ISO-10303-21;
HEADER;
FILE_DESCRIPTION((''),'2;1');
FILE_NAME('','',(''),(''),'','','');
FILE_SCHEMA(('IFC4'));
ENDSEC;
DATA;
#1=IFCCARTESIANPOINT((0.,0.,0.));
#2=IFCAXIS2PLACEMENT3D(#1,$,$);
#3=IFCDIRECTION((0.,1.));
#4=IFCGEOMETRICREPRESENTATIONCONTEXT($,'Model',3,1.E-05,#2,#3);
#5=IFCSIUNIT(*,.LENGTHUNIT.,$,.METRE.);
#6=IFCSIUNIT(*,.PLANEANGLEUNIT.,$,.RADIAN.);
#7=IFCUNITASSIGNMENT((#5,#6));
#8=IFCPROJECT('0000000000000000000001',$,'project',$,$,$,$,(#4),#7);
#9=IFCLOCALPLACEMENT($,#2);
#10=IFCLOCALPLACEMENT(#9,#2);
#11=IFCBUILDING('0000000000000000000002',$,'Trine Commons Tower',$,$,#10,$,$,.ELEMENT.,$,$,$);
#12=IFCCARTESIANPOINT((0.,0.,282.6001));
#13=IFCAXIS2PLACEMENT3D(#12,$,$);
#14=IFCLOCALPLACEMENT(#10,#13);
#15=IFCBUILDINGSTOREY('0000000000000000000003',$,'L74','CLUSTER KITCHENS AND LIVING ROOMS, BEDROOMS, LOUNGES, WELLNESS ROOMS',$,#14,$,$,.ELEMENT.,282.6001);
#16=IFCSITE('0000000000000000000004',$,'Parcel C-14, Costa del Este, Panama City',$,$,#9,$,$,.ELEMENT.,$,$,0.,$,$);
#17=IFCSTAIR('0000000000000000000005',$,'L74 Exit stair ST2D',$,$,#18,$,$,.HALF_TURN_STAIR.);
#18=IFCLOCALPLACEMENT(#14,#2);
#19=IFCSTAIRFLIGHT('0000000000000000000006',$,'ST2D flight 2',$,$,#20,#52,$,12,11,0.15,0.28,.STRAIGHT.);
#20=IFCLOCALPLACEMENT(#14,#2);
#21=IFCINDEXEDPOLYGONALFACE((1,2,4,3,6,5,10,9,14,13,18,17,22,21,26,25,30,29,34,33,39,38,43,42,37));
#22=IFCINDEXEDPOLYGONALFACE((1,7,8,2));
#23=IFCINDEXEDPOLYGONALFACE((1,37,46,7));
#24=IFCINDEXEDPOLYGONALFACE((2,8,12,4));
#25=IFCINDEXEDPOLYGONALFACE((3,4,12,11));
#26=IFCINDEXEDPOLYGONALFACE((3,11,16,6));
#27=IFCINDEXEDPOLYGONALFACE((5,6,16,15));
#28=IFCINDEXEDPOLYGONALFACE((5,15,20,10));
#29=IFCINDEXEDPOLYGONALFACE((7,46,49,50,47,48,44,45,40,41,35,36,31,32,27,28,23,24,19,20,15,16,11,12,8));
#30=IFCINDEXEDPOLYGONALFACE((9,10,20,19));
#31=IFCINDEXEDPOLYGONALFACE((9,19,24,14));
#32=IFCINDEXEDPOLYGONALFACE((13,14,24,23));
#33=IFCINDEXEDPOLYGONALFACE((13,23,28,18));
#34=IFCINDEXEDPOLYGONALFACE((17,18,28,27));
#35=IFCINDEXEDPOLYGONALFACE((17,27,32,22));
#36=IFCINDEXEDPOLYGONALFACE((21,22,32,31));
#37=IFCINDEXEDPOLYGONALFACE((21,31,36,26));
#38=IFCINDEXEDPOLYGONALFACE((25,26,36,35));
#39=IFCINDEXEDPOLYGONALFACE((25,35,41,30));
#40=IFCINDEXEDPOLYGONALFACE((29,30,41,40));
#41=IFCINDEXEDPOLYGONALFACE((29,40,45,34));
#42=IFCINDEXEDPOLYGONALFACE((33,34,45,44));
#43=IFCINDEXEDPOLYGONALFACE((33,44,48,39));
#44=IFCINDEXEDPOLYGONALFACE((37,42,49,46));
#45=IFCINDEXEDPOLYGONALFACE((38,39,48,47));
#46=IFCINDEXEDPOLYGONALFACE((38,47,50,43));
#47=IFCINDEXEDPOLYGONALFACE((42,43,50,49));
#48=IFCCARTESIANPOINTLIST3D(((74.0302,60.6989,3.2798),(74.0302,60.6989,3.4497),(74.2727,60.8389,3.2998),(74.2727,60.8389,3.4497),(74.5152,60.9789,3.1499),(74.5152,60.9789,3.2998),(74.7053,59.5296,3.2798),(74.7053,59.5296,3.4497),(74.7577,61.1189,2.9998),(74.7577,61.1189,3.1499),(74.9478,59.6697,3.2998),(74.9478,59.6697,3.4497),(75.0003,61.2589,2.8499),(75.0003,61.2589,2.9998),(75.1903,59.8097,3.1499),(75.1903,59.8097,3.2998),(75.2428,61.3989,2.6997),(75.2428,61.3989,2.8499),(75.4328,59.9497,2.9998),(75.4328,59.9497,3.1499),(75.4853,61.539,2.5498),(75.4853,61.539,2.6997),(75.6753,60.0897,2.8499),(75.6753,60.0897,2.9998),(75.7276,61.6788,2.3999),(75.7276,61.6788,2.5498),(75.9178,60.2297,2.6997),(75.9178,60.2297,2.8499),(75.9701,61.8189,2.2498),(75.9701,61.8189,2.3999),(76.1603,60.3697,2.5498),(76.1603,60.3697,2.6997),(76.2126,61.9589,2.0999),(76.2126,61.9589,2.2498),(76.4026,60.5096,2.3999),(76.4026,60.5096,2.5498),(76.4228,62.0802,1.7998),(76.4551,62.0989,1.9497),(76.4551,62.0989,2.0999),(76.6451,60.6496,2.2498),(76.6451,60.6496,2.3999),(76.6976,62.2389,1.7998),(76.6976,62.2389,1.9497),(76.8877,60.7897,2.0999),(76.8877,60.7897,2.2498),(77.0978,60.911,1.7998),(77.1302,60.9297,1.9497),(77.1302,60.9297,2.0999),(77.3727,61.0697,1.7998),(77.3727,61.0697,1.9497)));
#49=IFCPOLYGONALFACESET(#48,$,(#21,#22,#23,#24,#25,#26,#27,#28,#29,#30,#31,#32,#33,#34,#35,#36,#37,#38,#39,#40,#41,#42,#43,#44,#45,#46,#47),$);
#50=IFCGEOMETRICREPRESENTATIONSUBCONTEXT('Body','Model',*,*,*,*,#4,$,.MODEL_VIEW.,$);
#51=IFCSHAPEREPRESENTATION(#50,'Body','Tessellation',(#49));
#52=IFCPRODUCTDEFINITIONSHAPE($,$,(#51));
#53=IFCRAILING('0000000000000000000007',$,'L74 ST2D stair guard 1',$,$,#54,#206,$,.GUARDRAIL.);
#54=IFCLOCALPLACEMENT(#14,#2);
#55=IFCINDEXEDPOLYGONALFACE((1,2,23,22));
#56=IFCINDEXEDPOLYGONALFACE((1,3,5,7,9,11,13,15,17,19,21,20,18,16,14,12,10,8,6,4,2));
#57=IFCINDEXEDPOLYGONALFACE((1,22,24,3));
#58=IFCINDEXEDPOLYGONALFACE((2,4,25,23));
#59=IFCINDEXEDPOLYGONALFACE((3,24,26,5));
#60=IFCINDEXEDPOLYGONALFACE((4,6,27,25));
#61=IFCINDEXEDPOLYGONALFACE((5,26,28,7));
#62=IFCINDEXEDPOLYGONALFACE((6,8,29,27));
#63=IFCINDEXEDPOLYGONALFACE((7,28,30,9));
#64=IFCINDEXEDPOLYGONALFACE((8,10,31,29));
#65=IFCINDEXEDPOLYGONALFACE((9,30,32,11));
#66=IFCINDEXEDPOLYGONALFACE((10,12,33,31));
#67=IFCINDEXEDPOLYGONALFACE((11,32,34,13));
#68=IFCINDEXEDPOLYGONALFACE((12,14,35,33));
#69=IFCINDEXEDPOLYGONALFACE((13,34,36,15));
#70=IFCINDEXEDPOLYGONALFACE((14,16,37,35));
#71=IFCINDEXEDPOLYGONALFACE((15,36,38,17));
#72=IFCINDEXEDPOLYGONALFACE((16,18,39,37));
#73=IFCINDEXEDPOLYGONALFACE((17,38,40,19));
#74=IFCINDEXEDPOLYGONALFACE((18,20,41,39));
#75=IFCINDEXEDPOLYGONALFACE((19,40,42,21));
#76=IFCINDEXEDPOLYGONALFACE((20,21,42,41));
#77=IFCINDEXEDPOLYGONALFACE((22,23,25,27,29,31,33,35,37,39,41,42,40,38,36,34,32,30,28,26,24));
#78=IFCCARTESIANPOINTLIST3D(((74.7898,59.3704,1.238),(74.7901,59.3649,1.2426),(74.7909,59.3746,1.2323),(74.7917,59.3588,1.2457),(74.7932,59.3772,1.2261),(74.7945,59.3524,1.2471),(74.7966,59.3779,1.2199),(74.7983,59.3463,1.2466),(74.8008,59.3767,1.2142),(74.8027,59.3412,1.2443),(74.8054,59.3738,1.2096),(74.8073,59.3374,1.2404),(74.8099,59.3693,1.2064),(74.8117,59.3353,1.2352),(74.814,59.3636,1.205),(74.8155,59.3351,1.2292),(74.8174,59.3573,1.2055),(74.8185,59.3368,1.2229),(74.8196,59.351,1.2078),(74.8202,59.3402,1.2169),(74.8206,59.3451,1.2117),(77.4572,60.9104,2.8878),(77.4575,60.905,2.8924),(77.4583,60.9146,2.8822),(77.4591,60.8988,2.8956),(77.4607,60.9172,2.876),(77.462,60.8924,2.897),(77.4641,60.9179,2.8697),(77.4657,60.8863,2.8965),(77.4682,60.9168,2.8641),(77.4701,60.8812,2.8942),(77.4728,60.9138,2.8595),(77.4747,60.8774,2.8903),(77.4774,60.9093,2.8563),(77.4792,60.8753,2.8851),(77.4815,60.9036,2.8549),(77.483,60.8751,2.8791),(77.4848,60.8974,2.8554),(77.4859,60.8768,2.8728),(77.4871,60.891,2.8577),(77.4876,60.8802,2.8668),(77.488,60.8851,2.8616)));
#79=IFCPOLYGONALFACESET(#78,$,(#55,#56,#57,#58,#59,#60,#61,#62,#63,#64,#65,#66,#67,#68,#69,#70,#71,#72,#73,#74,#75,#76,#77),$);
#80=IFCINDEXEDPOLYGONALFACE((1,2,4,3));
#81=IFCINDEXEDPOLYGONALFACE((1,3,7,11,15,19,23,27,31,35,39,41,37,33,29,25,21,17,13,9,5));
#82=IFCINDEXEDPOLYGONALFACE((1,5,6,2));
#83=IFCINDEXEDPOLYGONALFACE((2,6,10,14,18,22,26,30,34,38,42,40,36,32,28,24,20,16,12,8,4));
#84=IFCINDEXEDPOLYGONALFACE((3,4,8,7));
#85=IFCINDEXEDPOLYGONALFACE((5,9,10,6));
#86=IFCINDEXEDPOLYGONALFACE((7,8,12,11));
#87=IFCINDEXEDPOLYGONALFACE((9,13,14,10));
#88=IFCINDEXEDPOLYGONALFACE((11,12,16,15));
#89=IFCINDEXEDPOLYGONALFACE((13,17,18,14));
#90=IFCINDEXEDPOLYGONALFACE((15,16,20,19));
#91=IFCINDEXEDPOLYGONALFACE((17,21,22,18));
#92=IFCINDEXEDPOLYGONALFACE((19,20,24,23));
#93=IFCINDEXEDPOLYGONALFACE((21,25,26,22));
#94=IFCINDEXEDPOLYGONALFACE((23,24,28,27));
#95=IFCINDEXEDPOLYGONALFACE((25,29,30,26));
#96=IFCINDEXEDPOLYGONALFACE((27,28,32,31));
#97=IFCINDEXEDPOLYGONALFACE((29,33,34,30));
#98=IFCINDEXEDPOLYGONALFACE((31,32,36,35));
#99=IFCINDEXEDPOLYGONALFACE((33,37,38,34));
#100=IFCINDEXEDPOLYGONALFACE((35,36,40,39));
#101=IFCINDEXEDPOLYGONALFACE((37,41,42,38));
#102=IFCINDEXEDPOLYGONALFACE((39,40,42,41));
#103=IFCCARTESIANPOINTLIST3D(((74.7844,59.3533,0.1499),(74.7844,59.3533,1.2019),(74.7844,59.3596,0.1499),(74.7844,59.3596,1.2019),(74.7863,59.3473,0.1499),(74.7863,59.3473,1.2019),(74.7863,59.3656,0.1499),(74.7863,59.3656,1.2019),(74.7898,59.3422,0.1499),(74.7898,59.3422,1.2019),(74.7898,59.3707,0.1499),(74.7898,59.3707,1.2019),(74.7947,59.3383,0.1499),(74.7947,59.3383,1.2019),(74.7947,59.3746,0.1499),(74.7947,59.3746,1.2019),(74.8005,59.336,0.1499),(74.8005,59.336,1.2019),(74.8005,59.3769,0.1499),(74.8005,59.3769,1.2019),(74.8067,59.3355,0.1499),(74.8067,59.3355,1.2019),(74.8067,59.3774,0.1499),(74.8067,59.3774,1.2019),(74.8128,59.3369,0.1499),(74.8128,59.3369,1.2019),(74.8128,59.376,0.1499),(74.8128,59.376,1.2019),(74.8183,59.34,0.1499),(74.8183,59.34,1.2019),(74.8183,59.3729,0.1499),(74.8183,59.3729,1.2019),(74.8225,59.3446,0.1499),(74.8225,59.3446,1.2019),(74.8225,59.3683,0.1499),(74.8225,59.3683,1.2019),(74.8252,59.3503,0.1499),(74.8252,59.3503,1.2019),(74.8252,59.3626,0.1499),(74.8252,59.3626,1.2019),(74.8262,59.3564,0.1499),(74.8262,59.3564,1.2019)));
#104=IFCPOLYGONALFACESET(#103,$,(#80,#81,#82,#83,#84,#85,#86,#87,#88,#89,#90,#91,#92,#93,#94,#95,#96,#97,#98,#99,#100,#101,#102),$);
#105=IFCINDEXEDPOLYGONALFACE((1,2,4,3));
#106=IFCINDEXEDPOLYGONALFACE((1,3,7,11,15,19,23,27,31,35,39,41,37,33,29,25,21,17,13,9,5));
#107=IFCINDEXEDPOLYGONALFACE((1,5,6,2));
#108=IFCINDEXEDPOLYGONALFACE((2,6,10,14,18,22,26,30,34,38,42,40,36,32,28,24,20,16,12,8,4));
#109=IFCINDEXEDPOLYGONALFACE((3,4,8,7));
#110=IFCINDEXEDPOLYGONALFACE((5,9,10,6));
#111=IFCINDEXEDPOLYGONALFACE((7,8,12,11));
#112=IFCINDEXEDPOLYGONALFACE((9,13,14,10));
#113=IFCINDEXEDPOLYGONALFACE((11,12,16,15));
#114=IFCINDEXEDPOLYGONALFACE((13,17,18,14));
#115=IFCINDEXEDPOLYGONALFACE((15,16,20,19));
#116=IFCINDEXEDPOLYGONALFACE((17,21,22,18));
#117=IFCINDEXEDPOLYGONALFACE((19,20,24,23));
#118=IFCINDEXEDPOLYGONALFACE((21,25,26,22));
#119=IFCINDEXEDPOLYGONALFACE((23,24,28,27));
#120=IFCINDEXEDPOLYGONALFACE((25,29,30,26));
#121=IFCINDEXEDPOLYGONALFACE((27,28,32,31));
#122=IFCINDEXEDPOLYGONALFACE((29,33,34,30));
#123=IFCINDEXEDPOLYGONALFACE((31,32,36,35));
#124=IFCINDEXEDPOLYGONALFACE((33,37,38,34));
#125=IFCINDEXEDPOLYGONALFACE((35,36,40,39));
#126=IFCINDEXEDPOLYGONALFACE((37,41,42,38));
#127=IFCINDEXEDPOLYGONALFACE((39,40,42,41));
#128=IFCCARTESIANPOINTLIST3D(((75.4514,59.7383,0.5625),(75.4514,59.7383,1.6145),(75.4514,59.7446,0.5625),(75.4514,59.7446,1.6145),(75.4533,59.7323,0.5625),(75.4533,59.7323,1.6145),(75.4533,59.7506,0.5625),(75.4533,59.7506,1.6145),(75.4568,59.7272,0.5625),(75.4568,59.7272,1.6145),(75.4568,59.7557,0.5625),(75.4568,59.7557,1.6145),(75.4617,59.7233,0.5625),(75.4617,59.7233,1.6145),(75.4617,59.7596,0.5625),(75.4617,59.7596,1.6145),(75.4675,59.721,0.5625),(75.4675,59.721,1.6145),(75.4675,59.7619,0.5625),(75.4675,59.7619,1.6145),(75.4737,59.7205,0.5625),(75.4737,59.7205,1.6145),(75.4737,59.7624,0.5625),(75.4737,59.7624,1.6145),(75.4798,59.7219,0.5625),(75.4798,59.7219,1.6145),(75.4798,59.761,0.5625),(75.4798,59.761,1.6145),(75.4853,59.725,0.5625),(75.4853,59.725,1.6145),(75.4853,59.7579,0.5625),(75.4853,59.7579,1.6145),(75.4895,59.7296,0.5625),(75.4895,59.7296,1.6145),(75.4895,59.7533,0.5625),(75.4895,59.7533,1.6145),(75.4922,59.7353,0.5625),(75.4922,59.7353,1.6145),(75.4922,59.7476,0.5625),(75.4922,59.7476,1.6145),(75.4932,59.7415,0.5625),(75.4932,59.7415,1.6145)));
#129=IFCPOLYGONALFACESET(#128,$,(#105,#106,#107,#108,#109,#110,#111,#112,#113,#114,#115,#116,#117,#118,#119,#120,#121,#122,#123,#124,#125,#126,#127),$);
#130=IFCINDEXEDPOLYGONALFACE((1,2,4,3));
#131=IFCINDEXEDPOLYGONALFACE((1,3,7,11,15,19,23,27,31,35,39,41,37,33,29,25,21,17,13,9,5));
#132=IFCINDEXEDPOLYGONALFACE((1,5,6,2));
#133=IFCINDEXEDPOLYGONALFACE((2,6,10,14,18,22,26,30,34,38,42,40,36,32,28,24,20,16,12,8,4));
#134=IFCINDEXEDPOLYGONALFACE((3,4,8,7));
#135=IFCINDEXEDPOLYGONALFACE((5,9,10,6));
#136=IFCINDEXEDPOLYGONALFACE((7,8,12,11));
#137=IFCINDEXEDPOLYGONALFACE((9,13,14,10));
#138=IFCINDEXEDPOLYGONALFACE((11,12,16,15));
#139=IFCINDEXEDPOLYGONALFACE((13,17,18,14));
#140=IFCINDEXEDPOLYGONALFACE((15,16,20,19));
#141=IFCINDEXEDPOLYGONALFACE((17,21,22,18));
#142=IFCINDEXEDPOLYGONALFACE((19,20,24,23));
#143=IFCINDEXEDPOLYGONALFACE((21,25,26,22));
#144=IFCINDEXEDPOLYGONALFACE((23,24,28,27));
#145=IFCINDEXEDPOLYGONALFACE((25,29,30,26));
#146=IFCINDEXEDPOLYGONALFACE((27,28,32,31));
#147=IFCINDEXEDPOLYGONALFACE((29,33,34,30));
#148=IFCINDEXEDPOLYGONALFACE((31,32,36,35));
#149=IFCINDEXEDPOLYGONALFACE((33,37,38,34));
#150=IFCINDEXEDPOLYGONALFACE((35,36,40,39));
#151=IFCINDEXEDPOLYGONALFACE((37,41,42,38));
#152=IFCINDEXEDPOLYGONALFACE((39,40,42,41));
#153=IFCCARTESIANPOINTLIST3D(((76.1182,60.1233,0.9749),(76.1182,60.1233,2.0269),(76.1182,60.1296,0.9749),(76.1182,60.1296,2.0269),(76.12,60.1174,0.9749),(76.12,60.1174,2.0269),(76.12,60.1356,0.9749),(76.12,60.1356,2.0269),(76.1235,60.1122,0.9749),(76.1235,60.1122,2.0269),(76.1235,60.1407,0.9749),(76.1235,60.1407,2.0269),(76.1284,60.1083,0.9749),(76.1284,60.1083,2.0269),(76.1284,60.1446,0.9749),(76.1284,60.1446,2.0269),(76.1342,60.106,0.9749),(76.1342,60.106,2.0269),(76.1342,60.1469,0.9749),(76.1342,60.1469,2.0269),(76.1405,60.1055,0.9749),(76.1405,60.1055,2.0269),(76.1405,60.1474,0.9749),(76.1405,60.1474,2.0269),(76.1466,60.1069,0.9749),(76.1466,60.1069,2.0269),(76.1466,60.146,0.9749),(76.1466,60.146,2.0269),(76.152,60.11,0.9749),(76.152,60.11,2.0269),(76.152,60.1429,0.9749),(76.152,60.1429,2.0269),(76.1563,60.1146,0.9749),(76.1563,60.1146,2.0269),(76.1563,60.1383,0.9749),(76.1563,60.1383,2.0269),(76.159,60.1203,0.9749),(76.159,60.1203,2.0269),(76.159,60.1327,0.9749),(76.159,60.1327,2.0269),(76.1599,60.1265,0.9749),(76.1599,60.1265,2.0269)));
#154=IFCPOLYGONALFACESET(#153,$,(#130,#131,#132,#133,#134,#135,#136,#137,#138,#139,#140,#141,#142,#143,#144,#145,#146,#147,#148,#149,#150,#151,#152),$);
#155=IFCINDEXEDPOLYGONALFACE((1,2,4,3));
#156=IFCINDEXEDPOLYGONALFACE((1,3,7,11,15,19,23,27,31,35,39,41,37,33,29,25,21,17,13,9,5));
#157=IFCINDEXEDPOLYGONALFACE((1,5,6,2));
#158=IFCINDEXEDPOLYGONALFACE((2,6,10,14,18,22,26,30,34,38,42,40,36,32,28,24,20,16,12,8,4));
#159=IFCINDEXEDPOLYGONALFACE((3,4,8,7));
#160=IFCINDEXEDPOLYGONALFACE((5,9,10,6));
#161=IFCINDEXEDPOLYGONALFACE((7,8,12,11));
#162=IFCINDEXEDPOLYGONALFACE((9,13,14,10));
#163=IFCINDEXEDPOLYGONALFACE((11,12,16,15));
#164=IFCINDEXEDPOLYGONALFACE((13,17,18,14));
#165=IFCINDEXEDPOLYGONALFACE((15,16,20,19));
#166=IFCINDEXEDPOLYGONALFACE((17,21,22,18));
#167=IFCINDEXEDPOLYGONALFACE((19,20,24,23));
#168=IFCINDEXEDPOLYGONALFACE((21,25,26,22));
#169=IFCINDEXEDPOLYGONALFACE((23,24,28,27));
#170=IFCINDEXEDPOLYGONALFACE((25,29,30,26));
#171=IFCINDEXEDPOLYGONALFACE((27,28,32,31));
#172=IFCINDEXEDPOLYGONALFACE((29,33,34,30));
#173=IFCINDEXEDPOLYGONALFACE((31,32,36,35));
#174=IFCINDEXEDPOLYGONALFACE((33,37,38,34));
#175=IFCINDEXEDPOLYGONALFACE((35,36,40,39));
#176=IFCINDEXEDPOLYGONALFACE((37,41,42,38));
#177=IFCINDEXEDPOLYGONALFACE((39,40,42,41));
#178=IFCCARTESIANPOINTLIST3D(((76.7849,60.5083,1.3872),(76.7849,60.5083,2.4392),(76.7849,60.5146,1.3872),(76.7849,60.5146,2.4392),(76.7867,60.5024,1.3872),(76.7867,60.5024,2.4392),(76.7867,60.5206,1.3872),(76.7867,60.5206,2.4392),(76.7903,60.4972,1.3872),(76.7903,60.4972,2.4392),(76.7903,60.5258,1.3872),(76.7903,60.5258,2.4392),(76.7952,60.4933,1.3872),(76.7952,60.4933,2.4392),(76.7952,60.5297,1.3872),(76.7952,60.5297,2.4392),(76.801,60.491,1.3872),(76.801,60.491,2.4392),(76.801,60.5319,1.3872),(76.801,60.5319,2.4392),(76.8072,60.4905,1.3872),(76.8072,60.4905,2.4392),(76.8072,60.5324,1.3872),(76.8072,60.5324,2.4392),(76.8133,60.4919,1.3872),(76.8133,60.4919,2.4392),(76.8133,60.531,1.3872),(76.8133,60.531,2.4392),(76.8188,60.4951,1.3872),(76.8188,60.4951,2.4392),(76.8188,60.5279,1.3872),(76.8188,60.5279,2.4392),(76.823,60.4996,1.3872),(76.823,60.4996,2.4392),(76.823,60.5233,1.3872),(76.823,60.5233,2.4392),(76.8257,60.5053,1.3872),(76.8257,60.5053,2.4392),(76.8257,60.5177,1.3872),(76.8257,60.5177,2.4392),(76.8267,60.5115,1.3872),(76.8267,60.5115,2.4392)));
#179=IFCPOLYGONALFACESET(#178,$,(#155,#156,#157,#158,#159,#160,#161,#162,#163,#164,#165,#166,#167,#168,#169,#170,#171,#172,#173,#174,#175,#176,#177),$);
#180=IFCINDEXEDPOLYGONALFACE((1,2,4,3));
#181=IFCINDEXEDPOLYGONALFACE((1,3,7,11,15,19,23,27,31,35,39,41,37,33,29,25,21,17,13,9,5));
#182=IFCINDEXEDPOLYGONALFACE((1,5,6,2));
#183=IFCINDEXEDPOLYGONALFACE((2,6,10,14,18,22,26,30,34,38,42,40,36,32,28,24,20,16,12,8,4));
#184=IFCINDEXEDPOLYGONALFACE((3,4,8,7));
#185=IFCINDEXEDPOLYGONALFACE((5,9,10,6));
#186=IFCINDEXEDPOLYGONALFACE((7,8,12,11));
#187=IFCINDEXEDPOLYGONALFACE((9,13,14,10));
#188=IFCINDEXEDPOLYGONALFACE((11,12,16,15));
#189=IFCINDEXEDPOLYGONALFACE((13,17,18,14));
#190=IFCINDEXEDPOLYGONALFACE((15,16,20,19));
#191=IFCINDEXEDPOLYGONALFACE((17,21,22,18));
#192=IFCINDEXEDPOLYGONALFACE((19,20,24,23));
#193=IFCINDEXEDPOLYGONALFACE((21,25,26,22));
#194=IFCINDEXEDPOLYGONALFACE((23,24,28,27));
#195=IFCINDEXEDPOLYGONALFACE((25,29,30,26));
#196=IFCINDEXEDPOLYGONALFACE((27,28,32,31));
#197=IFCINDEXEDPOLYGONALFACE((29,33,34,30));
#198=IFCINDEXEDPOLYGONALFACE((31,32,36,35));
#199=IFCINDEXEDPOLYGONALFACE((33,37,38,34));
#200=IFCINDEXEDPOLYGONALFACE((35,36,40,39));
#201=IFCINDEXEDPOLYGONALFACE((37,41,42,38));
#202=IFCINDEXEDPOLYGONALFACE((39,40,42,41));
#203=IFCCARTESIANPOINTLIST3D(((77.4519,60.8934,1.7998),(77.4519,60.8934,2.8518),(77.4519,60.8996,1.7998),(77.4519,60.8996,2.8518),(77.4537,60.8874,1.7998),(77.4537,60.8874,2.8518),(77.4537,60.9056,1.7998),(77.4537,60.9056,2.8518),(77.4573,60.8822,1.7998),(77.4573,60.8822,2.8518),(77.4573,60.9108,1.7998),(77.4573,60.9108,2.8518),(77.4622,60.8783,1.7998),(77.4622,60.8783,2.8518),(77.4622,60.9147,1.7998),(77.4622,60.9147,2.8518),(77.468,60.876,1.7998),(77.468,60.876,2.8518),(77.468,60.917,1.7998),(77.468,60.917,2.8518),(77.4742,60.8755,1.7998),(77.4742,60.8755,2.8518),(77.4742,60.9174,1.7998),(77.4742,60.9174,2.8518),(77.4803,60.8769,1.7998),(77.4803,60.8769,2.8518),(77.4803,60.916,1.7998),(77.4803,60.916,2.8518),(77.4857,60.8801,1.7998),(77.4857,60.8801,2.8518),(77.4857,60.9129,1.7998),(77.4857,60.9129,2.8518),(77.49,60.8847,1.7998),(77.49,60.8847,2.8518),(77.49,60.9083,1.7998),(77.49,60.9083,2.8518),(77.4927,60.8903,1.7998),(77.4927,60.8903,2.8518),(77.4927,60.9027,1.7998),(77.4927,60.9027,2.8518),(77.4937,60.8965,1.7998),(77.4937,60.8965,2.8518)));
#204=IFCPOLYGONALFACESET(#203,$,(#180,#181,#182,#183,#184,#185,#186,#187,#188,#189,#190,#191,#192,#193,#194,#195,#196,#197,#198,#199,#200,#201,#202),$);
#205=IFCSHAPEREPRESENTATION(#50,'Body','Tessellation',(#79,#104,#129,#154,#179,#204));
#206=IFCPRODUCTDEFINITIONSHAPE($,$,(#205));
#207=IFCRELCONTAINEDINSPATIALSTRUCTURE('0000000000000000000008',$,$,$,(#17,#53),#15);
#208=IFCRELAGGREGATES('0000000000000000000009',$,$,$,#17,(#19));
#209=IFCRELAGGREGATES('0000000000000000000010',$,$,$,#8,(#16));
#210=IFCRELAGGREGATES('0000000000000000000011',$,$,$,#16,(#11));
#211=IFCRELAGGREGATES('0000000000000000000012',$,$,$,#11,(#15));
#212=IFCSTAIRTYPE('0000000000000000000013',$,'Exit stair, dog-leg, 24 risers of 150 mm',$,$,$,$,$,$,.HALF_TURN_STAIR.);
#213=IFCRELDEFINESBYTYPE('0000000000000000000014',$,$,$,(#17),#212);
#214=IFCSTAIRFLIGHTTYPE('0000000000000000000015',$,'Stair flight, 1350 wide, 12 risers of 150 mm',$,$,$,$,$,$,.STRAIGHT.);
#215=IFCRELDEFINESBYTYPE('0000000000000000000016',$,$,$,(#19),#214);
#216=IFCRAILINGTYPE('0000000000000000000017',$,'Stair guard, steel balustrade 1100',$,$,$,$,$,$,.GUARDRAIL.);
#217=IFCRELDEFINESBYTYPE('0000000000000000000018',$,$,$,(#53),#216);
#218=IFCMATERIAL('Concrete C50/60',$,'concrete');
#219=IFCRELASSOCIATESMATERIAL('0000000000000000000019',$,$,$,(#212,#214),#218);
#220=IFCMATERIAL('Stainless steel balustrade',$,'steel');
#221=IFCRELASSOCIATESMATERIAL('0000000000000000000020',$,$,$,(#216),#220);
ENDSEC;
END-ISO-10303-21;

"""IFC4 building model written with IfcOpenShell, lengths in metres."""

from ifc_helpers import new_model, si_unit, direction, frame, origin, origin_2d, place, context, subcontext, project, spatial, polyline, circle, outline, extrude, material, type_object, element, aggregate, save


model = new_model("IFC4")

# Units and contexts
model_context = context("Model", 3, precision=1e-05, world=origin(), true_north=direction((0.0, 1.0)))
body_context = subcontext(model_context, "Body", "Model", "MODEL_VIEW")
ifc_project = project(units=[si_unit("LENGTHUNIT", "METRE"), si_unit("PLANEANGLEUNIT", "RADIAN")], contexts=[model_context])

# Site, building, storey
site_placement = place(None, origin())
site = spatial("IfcSite", under=ifc_project, at=site_placement, Name="Parcel C-14, Costa del Este, Panama City", CompositionType="ELEMENT", RefElevation=0.0)
building_placement = place(site_placement, origin())
building = spatial("IfcBuilding", under=site, at=building_placement, Name="Trine Commons Tower", CompositionType="ELEMENT")
storey_placement = place(building_placement, frame((0.0, 0.0, 282.6001)))
storey = spatial("IfcBuildingStorey", under=building, at=storey_placement, Name="L74", Description="CLUSTER KITCHENS AND LIVING ROOMS, BEDROOMS, LOUNGES, WELLNESS ROOMS", CompositionType="ELEMENT", Elevation=282.6001)

# Shared definitions
ifc_material_1 = material(Name="Concrete C50/60", Category="concrete")

# Stair, stair flight
stair_type = type_object("IfcStairType", Name="Exit stair, dog-leg, 24 risers of 150 mm", PredefinedType="HALF_TURN_STAIR", material=ifc_material_1)
stair_placement = place(storey_placement, origin())
stair = element("IfcStair", 1, at=stair_placement, inside=storey, type_object=stair_type, Name="L74 Exit stair ST2D", PredefinedType="HALF_TURN_STAIR")
stair_flight_type = type_object("IfcStairFlightType", Name="Stair flight, 1350 wide, 12 risers of 150 mm", PredefinedType="STRAIGHT", material=ifc_material_1)
stair_flight_1_placement = place(storey_placement, frame((77.0352, 61.6543, 1.7998), z_axis=(0.0, 0.0, 1.0), x_axis=(-0.866025, -0.5, 0.0)))
stair_flight_1 = element("IfcStairFlight", 2, at=stair_flight_1_placement, type_object=stair_flight_type, Name="ST2D flight 2", NumberOfRisers=12, NumberOfTreads=11, PredefinedType="STRAIGHT", RiserHeight=0.15, TreadLength=0.28, context=body_context, shape_type="SweptSolid", body=[
    extrude(outline(polyline([(0.0, 0.0), (0.0, 0.1499), (0.28, 0.1499), (0.28, 0.3), (0.5601, 0.3), (0.5601, 0.45), (0.8401, 0.45), (0.8401, 0.6001), (1.1201, 0.6001), (1.1201, 0.75), (1.3999, 0.75), (1.3999, 0.8999), (1.6799, 0.8999), (1.6799, 1.05), (1.96, 1.05), (1.96, 1.2), (2.24, 1.2), (2.24, 1.3501), (2.52, 1.3501), (2.52, 1.5), (2.8, 1.5), (2.8, 1.6499), (3.0801, 1.6499), (3.0801, 1.8), (3.0801, 1.48), (0.3174, 0.0), (0.0, 0.0)])), frame((0.0, 0.675, 0.0), z_axis=(0.0, -1.0, 0.0), x_axis=(1.0, 0.0, 0.0)), (0.0, 0.0, 1.0), 1.3501),
])
aggregate(stair, [stair_flight_1])

# Railing
ifc_material_2 = material(Name="Stainless steel balustrade", Category="steel")
railing_type_1 = type_object("IfcRailingType", Name="Stair guard, steel balustrade 1100", PredefinedType="GUARDRAIL", material=ifc_material_2)
railing_1_placement = place(storey_placement, frame((74.8052, 59.3564, 0.1499)))
element("IfcRailing", 3, at=railing_1_placement, inside=storey, type_object=railing_type_1, Name="L74 ST2D stair guard 1", PredefinedType="GUARDRAIL", context=body_context, shape_type="SweptSolid", body=[
    extrude(circle(Radius=0.0239, at=origin_2d()), frame((0.0, 0.0, 1.0762), z_axis=(0.763405, 0.440743, 0.472185), x_axis=(-0.499992, 0.86603, 0.0)), (0.0, 0.0, 1.0), 3.4941),
    extrude(circle(Radius=0.021, at=origin_2d()), origin(), (0.0, 0.0, 1.0), 1.052),
    extrude(circle(Radius=0.021, at=origin_2d()), frame((0.667, 0.385, 0.4126)), (0.0, 0.0, 1.0), 1.052),
    extrude(circle(Radius=0.021, at=origin_2d()), frame((1.3337, 0.77, 0.825)), (0.0, 0.0, 1.0), 1.052),
    extrude(circle(Radius=0.021, at=origin_2d()), frame((2.0005, 1.155, 1.2373)), (0.0, 0.0, 1.0), 1.052),
    extrude(circle(Radius=0.021, at=origin_2d()), frame((2.6675, 1.54, 1.6499)), (0.0, 0.0, 1.0), 1.052),
])

save(model, "model.ifc")
